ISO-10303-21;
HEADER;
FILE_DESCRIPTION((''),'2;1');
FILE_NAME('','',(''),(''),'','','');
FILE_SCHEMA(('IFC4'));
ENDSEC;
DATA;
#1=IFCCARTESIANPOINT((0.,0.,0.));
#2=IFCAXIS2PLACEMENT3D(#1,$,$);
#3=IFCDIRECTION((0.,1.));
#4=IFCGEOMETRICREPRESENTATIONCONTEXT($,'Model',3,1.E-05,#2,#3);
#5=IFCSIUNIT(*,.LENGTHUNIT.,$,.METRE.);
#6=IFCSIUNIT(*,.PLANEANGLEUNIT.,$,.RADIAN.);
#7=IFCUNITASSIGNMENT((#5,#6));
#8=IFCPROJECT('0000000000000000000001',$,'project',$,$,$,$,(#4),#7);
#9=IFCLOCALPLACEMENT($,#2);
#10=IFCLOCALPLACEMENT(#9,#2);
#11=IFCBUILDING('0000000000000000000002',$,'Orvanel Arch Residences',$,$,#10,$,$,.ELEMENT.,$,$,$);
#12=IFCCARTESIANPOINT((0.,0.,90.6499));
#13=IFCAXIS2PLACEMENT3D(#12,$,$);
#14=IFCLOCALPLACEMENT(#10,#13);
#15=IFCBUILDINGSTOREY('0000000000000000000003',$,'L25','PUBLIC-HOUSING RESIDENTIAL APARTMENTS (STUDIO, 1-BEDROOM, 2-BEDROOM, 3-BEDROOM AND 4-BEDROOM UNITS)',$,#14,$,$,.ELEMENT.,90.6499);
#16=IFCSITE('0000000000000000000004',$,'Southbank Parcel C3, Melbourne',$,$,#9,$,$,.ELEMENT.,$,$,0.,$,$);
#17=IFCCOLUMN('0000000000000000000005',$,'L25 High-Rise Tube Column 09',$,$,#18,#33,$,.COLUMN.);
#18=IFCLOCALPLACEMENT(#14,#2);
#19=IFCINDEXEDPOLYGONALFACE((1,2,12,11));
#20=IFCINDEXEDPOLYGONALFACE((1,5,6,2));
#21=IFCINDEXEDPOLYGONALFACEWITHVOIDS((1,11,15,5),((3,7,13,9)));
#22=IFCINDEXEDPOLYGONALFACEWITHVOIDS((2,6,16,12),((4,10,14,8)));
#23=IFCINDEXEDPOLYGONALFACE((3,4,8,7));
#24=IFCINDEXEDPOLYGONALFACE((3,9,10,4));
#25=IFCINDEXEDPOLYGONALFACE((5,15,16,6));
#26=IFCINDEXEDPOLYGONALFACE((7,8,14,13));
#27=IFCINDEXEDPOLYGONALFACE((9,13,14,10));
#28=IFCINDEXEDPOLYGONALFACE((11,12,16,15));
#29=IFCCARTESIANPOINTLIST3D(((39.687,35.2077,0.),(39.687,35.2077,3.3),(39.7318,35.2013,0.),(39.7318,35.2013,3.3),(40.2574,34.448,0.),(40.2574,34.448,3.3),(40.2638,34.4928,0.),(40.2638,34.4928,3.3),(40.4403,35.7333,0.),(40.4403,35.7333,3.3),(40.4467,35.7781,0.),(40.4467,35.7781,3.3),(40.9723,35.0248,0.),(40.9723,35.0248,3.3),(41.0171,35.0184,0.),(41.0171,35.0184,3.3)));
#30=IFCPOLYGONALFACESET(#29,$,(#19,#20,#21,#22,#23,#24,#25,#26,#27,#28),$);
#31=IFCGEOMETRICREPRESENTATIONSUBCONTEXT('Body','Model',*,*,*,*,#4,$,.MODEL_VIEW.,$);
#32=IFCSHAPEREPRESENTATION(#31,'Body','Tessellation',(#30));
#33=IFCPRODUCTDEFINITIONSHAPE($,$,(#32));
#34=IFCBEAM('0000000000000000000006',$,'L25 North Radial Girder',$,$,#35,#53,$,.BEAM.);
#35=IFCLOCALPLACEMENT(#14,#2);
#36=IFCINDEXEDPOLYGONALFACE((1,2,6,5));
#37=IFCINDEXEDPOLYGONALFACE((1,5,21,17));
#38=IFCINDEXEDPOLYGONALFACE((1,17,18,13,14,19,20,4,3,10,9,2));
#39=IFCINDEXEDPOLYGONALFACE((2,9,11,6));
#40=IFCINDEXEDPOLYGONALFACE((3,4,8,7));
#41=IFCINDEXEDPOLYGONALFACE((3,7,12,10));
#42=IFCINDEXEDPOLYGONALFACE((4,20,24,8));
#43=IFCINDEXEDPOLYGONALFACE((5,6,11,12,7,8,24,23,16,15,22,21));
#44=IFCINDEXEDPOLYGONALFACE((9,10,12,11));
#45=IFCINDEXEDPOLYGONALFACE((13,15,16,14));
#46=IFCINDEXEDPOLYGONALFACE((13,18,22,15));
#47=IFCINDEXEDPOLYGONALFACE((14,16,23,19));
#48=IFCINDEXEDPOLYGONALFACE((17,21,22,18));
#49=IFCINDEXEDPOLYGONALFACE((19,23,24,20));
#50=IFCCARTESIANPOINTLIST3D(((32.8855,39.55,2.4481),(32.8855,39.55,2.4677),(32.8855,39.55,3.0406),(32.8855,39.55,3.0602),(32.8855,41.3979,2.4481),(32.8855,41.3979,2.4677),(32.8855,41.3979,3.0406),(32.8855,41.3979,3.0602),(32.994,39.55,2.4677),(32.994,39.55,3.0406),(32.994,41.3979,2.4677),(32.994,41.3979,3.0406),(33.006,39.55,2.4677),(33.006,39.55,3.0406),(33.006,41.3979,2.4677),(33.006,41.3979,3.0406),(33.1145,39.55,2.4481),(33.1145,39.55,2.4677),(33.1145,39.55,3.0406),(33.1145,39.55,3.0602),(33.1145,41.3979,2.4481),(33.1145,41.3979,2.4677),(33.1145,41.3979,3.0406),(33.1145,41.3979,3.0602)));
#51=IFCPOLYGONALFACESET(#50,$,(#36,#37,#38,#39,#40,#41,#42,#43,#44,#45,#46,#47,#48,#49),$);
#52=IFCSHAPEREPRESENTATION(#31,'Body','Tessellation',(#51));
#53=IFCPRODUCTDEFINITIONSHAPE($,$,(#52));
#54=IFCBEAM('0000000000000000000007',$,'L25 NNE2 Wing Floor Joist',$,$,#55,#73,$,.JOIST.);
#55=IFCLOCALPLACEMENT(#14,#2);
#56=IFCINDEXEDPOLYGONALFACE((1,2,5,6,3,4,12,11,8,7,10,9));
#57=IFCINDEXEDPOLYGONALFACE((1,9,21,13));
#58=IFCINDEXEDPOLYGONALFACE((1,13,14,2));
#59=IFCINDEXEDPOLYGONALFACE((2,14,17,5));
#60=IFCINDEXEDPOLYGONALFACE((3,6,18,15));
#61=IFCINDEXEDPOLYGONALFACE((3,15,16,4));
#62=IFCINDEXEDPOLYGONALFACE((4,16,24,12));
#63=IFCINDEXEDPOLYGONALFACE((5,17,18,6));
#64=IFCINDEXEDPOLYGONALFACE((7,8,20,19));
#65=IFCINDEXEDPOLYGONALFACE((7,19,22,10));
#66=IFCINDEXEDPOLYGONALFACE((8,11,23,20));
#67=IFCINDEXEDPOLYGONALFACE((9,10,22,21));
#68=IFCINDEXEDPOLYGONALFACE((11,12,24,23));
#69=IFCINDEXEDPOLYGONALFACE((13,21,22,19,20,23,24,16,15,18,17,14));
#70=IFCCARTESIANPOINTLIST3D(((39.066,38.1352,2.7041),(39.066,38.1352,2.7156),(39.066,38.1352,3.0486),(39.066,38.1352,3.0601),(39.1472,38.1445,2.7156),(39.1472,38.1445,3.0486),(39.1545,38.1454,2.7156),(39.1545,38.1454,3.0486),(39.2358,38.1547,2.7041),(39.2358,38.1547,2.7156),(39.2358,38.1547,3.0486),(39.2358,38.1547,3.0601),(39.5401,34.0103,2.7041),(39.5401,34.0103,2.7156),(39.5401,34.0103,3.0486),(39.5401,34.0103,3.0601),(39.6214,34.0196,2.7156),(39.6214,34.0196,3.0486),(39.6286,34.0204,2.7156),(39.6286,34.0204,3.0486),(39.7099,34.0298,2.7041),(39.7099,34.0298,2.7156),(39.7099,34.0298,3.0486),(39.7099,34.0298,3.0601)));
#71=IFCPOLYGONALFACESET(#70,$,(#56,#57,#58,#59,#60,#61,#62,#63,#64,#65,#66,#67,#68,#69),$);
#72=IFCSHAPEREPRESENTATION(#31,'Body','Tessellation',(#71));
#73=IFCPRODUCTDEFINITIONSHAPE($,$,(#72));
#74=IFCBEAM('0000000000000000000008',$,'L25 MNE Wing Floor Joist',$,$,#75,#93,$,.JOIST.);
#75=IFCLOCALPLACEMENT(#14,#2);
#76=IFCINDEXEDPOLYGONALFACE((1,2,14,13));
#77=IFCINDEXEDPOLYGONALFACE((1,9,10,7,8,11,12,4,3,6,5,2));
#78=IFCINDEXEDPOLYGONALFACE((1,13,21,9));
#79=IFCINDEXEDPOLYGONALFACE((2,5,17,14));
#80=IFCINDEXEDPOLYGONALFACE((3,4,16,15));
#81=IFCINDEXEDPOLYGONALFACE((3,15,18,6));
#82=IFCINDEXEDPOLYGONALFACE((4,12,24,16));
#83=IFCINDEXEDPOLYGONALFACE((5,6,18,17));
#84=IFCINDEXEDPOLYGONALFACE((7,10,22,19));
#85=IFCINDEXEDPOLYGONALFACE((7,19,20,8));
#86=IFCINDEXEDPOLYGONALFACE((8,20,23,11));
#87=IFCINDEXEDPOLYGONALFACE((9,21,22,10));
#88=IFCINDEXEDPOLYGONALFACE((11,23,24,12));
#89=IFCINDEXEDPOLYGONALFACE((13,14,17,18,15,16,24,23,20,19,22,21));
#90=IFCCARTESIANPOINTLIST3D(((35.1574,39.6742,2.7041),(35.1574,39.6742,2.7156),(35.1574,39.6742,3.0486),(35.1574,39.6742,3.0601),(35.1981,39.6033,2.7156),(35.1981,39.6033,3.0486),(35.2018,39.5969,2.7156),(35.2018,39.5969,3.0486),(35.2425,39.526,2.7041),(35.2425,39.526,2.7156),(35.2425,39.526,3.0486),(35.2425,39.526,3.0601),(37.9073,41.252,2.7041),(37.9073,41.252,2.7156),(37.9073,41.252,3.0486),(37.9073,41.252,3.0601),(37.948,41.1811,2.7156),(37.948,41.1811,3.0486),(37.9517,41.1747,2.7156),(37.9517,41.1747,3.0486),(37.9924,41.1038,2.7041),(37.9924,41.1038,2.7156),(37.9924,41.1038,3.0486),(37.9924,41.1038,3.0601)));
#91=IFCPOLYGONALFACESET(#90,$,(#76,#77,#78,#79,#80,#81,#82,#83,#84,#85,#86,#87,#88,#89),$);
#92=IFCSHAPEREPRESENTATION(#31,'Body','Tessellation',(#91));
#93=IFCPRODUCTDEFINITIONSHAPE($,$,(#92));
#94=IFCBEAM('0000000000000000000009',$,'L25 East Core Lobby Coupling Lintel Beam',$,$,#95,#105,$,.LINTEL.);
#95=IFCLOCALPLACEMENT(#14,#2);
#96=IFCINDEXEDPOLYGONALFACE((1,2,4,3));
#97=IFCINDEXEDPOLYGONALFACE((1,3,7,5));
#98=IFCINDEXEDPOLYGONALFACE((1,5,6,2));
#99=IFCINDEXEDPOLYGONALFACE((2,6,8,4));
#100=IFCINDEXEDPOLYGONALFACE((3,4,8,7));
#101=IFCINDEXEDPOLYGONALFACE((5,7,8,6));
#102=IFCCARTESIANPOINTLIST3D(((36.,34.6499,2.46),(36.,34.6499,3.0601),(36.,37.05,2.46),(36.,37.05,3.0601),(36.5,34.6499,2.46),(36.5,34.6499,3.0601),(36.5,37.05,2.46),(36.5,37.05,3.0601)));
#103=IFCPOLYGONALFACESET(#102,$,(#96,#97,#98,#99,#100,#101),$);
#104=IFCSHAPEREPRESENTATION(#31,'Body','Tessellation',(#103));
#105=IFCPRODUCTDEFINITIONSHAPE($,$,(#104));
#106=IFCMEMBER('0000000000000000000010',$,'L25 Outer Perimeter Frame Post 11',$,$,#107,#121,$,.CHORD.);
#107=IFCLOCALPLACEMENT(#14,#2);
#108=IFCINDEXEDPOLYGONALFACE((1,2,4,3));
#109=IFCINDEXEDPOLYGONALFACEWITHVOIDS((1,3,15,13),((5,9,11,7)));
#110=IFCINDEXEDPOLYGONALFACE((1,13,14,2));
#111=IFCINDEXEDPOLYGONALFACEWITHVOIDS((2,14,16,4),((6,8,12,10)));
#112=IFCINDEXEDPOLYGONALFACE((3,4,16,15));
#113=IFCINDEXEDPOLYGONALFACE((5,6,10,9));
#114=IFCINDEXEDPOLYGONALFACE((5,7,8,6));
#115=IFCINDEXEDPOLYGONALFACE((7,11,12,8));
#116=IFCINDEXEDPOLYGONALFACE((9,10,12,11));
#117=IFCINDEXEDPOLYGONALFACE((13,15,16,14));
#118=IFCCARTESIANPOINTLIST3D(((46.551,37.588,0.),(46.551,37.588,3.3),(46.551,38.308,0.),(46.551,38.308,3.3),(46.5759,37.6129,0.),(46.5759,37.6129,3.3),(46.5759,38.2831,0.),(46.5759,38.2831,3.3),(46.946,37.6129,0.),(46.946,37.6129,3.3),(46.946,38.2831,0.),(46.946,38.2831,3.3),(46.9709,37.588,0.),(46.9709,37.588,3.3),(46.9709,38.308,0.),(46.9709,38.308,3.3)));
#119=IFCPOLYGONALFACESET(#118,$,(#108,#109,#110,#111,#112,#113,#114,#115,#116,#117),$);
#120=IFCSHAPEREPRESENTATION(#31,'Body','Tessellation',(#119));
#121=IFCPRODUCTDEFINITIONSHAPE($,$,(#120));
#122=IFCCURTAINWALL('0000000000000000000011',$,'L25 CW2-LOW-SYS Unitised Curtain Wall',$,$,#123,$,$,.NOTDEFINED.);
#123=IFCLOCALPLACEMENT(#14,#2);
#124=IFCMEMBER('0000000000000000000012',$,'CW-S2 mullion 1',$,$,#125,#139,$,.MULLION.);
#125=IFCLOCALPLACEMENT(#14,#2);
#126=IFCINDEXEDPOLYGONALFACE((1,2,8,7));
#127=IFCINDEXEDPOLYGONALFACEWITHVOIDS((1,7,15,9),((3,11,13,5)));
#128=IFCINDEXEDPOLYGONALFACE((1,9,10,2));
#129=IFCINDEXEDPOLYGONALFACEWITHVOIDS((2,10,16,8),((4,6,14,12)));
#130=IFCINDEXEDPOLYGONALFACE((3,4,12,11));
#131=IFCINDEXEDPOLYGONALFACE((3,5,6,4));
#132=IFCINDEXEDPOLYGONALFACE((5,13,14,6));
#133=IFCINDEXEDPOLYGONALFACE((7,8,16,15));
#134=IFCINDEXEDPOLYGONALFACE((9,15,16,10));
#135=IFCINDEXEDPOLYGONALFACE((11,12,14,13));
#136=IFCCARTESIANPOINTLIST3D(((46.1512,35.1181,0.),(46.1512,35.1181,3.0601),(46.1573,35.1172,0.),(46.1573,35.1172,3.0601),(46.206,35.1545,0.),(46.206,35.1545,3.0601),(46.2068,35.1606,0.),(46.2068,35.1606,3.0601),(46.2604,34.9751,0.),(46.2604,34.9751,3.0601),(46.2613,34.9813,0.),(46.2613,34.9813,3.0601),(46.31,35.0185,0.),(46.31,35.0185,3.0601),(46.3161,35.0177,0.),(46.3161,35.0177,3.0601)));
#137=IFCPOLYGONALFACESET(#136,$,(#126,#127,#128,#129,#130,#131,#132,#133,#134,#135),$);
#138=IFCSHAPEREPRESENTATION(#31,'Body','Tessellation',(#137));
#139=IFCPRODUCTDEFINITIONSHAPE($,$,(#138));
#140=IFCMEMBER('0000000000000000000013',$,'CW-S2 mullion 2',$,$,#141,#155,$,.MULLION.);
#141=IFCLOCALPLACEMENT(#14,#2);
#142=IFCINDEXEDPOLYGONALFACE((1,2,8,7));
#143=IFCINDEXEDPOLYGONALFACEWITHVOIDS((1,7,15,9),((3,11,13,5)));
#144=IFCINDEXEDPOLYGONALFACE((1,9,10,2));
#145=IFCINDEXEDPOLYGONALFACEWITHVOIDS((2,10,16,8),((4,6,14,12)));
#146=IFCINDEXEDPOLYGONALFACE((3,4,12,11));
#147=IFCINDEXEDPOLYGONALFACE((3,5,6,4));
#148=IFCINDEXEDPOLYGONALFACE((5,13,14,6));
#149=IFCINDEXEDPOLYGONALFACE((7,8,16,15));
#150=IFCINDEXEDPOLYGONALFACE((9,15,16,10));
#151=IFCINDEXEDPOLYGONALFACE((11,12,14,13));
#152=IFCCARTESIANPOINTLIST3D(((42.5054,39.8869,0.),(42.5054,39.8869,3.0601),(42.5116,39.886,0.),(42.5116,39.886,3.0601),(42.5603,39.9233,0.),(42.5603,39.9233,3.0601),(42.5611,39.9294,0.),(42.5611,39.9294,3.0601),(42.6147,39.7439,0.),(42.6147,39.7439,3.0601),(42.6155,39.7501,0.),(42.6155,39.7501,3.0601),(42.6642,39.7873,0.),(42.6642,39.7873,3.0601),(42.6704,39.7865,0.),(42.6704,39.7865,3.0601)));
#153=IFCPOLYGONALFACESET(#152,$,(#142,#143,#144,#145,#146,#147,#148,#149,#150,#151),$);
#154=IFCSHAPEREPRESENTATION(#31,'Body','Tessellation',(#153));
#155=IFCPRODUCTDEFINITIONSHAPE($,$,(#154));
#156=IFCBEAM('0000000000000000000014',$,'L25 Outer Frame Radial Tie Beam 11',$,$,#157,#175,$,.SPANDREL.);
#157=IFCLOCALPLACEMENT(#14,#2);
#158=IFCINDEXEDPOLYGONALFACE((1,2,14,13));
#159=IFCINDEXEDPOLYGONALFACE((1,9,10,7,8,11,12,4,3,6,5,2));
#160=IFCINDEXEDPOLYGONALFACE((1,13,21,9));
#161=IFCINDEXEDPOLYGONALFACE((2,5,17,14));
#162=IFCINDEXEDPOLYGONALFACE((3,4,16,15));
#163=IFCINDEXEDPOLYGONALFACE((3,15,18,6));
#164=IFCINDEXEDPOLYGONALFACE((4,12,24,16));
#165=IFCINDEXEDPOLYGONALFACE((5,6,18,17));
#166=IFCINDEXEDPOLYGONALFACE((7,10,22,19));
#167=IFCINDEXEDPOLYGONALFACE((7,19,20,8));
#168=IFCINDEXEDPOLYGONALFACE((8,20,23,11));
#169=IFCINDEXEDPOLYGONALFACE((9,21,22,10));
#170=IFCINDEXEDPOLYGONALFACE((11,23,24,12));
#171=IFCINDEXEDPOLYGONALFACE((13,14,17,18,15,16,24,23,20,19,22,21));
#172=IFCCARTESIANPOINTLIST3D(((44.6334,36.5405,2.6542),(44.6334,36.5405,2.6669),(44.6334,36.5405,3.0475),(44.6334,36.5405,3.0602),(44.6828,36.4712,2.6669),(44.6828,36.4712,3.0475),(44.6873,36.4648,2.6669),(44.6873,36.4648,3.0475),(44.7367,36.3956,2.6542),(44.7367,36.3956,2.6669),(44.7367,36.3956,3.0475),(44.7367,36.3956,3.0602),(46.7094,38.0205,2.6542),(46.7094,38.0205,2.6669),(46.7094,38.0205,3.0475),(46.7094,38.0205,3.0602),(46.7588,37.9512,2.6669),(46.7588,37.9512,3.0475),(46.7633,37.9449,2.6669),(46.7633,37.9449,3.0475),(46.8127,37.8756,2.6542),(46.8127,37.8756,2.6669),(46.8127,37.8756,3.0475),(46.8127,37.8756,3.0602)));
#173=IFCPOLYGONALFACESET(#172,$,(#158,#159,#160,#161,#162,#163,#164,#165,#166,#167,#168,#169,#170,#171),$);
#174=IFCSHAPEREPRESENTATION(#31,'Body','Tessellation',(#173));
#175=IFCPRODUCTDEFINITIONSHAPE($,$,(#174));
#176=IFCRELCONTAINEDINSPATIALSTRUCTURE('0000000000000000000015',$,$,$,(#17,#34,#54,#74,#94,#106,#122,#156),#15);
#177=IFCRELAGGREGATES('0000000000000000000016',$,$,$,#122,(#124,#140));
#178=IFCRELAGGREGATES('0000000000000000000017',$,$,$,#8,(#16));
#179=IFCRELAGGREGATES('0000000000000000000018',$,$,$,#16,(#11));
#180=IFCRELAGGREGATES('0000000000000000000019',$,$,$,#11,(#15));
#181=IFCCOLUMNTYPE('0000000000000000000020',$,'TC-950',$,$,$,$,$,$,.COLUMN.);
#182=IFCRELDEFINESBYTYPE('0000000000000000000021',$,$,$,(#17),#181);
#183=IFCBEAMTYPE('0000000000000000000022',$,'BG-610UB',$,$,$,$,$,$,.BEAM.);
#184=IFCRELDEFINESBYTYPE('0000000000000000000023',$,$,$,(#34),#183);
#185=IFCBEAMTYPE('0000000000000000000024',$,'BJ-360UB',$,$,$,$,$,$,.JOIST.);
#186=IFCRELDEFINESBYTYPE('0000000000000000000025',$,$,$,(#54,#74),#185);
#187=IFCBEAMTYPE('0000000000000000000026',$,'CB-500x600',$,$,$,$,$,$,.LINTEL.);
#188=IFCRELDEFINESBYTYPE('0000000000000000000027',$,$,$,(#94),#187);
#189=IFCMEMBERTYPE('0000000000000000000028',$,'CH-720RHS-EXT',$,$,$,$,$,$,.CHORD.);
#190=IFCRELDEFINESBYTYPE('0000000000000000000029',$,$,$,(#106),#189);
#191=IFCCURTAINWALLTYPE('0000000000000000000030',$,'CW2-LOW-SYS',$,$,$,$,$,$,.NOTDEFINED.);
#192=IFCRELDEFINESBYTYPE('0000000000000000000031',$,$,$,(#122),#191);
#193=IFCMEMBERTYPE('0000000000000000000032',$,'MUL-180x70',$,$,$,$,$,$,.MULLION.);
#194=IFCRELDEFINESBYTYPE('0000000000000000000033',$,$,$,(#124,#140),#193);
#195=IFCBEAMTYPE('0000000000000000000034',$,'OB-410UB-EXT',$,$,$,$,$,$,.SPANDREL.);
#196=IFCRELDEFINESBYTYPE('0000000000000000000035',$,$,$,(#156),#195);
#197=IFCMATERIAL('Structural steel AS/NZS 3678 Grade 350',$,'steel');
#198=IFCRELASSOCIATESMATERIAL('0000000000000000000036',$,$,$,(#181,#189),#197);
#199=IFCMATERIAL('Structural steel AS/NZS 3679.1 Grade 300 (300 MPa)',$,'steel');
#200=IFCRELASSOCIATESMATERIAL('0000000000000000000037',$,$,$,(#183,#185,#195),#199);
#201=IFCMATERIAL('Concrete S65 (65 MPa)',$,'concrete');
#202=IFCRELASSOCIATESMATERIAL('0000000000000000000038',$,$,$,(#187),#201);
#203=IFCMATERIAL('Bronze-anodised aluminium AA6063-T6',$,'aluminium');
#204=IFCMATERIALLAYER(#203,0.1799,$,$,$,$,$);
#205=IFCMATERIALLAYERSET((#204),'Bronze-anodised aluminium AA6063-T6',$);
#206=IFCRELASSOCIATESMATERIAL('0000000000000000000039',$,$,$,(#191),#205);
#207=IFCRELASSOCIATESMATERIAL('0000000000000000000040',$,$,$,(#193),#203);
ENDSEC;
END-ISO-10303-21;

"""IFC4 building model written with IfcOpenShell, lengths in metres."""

from ifc_helpers import new_model, si_unit, direction, frame, origin, origin_2d, place, context, subcontext, project, spatial, rectangle, hollow_rectangle, i_section, extrude, material, layer, layer_set, material_profile, profile_set, type_object, element, aggregate, save


model = new_model("IFC4")

# Units and contexts
model_context = context("Model", 3, precision=1e-05, world=origin(), true_north=direction((0.0, 1.0)))
body_context = subcontext(model_context, "Body", "Model", "MODEL_VIEW")
ifc_project = project(units=[si_unit("LENGTHUNIT", "METRE"), si_unit("PLANEANGLEUNIT", "RADIAN")], contexts=[model_context])

# Site, building, storey
site_placement = place(None, origin())
site = spatial("IfcSite", under=ifc_project, at=site_placement, Name="Southbank Parcel C3, Melbourne", CompositionType="ELEMENT", RefElevation=0.0)
building_placement = place(site_placement, origin())
building = spatial("IfcBuilding", under=site, at=building_placement, Name="Orvanel Arch Residences", CompositionType="ELEMENT")
storey_placement = place(building_placement, frame((0.0, 0.0, 90.6499)))
storey = spatial("IfcBuildingStorey", under=building, at=storey_placement, Name="L25", Description="PUBLIC-HOUSING RESIDENTIAL APARTMENTS (STUDIO, 1-BEDROOM, 2-BEDROOM, 3-BEDROOM AND 4-BEDROOM UNITS)", CompositionType="ELEMENT", Elevation=90.6499)

# Column
ifc_material_1 = material(Name="Structural steel AS/NZS 3678 Grade 350", Category="steel")
ifc_material_profile_1 = material_profile(ifc_material_1, hollow_rectangle(XDim=0.95, YDim=0.95, WallThickness=0.032, at=origin_2d()), Name="BOX950x950x32")
ifc_profile_set_1 = profile_set([ifc_material_profile_1], Name="Structural steel AS/NZS 3678 Grade 350")
column_type = type_object("IfcColumnType", Name="TC-950", PredefinedType="COLUMN", material=ifc_profile_set_1)
column_placement = place(storey_placement, frame((40.3521, 35.113, 0.0), z_axis=(0.0, 0.0, 1.0), x_axis=(-0.60042, 0.799685, 0.0)))
element("IfcColumn", 1, at=column_placement, inside=storey, type_object=column_type, Name="L25 High-Rise Tube Column 09", PredefinedType="COLUMN", context=body_context, shape_type="SweptSolid", body=[
    extrude(hollow_rectangle(XDim=0.95, YDim=0.95, WallThickness=0.032, at=origin_2d()), origin(), (0.0, 0.0, 1.0), 3.3),
])

# Beams
ifc_material_2 = material(Name="Structural steel AS/NZS 3679.1 Grade 300 (300 MPa)", Category="steel")
ifc_material_profile_2 = material_profile(ifc_material_2, i_section(OverallWidth=0.229, OverallDepth=0.6121, WebThickness=0.012, FlangeThickness=0.0195, at=origin_2d()), Name="610UB125")
ifc_profile_set_2 = profile_set([ifc_material_profile_2], Name="Structural steel AS/NZS 3679.1 Grade 300 (300 MPa)")
beam_type_1 = type_object("IfcBeamType", Name="BG-610UB", PredefinedType="BEAM", material=ifc_profile_set_2)
beam_1_placement = place(storey_placement, frame((33.0, 39.55, 2.7542), z_axis=(0.0, 1.0, 0.0), x_axis=(-1.0, 0.0, 0.0)))
element("IfcBeam", 2, at=beam_1_placement, inside=storey, type_object=beam_type_1, Name="L25 North Radial Girder", PredefinedType="BEAM", context=body_context, shape_type="SweptSolid", body=[
    extrude(i_section(OverallWidth=0.229, OverallDepth=0.6121, WebThickness=0.012, FlangeThickness=0.0195, at=origin_2d()), origin(), (0.0, 0.0, 1.0), 1.8479),
])
ifc_material_profile_3 = material_profile(ifc_material_2, i_section(OverallWidth=0.1709, OverallDepth=0.356, WebThickness=0.0073, FlangeThickness=0.0115, at=origin_2d()), Name="360UB50.7")
ifc_profile_set_3 = profile_set([ifc_material_profile_3], Name="Structural steel AS/NZS 3679.1 Grade 300 (300 MPa)")
beam_type_2 = type_object("IfcBeamType", Name="BJ-360UB", PredefinedType="JOIST", material=ifc_profile_set_3)
beam_2_placement = place(storey_placement, frame((39.625, 34.02, 2.8821), z_axis=(-0.114187, 0.993459, 0.0), x_axis=(-0.993459, -0.114187, 0.0)))
element("IfcBeam", 3, at=beam_2_placement, inside=storey, type_object=beam_type_2, Name="L25 NNE2 Wing Floor Joist", PredefinedType="JOIST", context=body_context, shape_type="SweptSolid", body=[
    extrude(i_section(OverallWidth=0.1709, OverallDepth=0.356, WebThickness=0.0073, FlangeThickness=0.0115, at=origin_2d()), origin(), (0.0, 0.0, 1.0), 4.1521),
])
beam_3_placement = place(storey_placement, frame((35.2, 39.6001, 2.8821), z_axis=(0.867365, 0.497672, 0.0), x_axis=(-0.497672, 0.867365, 0.0)))
element("IfcBeam", 4, at=beam_3_placement, inside=storey, type_object=beam_type_2, Name="L25 MNE Wing Floor Joist", PredefinedType="JOIST", context=body_context, shape_type="SweptSolid", body=[
    extrude(i_section(OverallWidth=0.1709, OverallDepth=0.356, WebThickness=0.0073, FlangeThickness=0.0115, at=origin_2d()), origin(), (0.0, 0.0, 1.0), 3.1704),
])
ifc_material_3 = material(Name="Concrete S65 (65 MPa)", Category="concrete")
ifc_material_profile_4 = material_profile(ifc_material_3, rectangle(XDim=0.5, YDim=0.6001, at=origin_2d()), Name="RC500x600")
ifc_profile_set_4 = profile_set([ifc_material_profile_4], Name="Concrete S65 (65 MPa)")
beam_type_3 = type_object("IfcBeamType", Name="CB-500x600", PredefinedType="LINTEL", material=ifc_profile_set_4)
beam_4_placement = place(storey_placement, frame((36.25, 34.6499, 2.76), z_axis=(0.0, 1.0, 0.0), x_axis=(-1.0, 0.0, 0.0)))
element("IfcBeam", 5, at=beam_4_placement, inside=storey, type_object=beam_type_3, Name="L25 East Core Lobby Coupling Lintel Beam", PredefinedType="LINTEL", context=body_context, shape_type="SweptSolid", body=[
    extrude(rectangle(XDim=0.5, YDim=0.6001, at=origin_2d()), origin(), (0.0, 0.0, 1.0), 2.4001),
])

# Member
ifc_material_profile_5 = material_profile(ifc_material_1, hollow_rectangle(XDim=0.4199, YDim=0.72, WallThickness=0.0249, at=origin_2d()), Name="RHS720x420x25")
ifc_profile_set_5 = profile_set([ifc_material_profile_5], Name="Structural steel AS/NZS 3678 Grade 350")
member_type_1 = type_object("IfcMemberType", Name="CH-720RHS-EXT", PredefinedType="CHORD", material=ifc_profile_set_5)
member_1_placement = place(storey_placement, frame((46.761, 37.948, 0.0), z_axis=(0.0, 0.0, 1.0), x_axis=(1.0, 0.0, 0.0)))
element("IfcMember", 6, at=member_1_placement, inside=storey, type_object=member_type_1, Name="L25 Outer Perimeter Frame Post 11", PredefinedType="CHORD", context=body_context, shape_type="SweptSolid", body=[
    extrude(hollow_rectangle(XDim=0.4199, YDim=0.72, WallThickness=0.0249, at=origin_2d()), origin(), (0.0, 0.0, 1.0), 3.3),
])

# Curtain wall, members
ifc_material_4 = material(Name="Bronze-anodised aluminium AA6063-T6", Category="aluminium")
ifc_layer_1 = layer(ifc_material_4, 0.1799)
ifc_layer_set_1 = layer_set([ifc_layer_1], Name="Bronze-anodised aluminium AA6063-T6")
curtain_wall_type = type_object("IfcCurtainWallType", Name="CW2-LOW-SYS", PredefinedType="NOTDEFINED", material=ifc_layer_set_1)
curtain_wall_placement = place(storey_placement, origin())
curtain_wall = element("IfcCurtainWall", 7, at=curtain_wall_placement, inside=storey, type_object=curtain_wall_type, Name="L25 CW2-LOW-SYS Unitised Curtain Wall", PredefinedType="NOTDEFINED")
ifc_material_profile_6 = material_profile(ifc_material_4, hollow_rectangle(XDim=0.0701, YDim=0.1799, WallThickness=0.0044, at=origin_2d()), Name="ALU180x70x4.5")
ifc_profile_set_6 = profile_set([ifc_material_profile_6], Name="Bronze-anodised aluminium AA6063-T6")
member_type_2 = type_object("IfcMemberType", Name="MUL-180x70", PredefinedType="MULLION", material=ifc_profile_set_6)
member_2_placement = place(storey_placement, frame((46.2336, 35.0679, 0.0), z_axis=(0.0, 0.0, 1.0), x_axis=(-0.794441, -0.607341, 0.0)))
member_2 = element("IfcMember", 8, at=member_2_placement, type_object=member_type_2, Name="CW-S2 mullion 1", PredefinedType="MULLION", context=body_context, shape_type="SweptSolid", body=[
    extrude(hollow_rectangle(XDim=0.0701, YDim=0.1799, WallThickness=0.0044, at=origin_2d()), origin(), (0.0, 0.0, 1.0), 3.0601),
])
member_3_placement = place(storey_placement, frame((42.5879, 39.8367, 0.0), z_axis=(0.0, 0.0, 1.0), x_axis=(-0.794441, -0.607341, 0.0)))
member_3 = element("IfcMember", 9, at=member_3_placement, type_object=member_type_2, Name="CW-S2 mullion 2", PredefinedType="MULLION", context=body_context, shape_type="SweptSolid", body=[
    extrude(hollow_rectangle(XDim=0.0701, YDim=0.1799, WallThickness=0.0044, at=origin_2d()), origin(), (0.0, 0.0, 1.0), 3.0601),
])

# Beam
ifc_material_profile_7 = material_profile(ifc_material_2, i_section(OverallWidth=0.178, OverallDepth=0.406, WebThickness=0.0078, FlangeThickness=0.0127, at=origin_2d()), Name="410UB59.7")
ifc_profile_set_7 = profile_set([ifc_material_profile_7], Name="Structural steel AS/NZS 3679.1 Grade 300 (300 MPa)")
beam_type_4 = type_object("IfcBeamType", Name="OB-410UB-EXT", PredefinedType="SPANDREL", material=ifc_profile_set_7)
beam_5_placement = place(storey_placement, frame((44.6851, 36.468, 2.8572), z_axis=(0.814257, 0.580504, 0.0), x_axis=(-0.580504, 0.814257, 0.0)))
element("IfcBeam", 10, at=beam_5_placement, inside=storey, type_object=beam_type_4, Name="L25 Outer Frame Radial Tie Beam 11", PredefinedType="SPANDREL", context=body_context, shape_type="SweptSolid", body=[
    extrude(i_section(OverallWidth=0.178, OverallDepth=0.406, WebThickness=0.0078, FlangeThickness=0.0127, at=origin_2d()), origin(), (0.0, 0.0, 1.0), 2.5496),
])

aggregate(curtain_wall, [member_2, member_3])

save(model, "model.ifc")
